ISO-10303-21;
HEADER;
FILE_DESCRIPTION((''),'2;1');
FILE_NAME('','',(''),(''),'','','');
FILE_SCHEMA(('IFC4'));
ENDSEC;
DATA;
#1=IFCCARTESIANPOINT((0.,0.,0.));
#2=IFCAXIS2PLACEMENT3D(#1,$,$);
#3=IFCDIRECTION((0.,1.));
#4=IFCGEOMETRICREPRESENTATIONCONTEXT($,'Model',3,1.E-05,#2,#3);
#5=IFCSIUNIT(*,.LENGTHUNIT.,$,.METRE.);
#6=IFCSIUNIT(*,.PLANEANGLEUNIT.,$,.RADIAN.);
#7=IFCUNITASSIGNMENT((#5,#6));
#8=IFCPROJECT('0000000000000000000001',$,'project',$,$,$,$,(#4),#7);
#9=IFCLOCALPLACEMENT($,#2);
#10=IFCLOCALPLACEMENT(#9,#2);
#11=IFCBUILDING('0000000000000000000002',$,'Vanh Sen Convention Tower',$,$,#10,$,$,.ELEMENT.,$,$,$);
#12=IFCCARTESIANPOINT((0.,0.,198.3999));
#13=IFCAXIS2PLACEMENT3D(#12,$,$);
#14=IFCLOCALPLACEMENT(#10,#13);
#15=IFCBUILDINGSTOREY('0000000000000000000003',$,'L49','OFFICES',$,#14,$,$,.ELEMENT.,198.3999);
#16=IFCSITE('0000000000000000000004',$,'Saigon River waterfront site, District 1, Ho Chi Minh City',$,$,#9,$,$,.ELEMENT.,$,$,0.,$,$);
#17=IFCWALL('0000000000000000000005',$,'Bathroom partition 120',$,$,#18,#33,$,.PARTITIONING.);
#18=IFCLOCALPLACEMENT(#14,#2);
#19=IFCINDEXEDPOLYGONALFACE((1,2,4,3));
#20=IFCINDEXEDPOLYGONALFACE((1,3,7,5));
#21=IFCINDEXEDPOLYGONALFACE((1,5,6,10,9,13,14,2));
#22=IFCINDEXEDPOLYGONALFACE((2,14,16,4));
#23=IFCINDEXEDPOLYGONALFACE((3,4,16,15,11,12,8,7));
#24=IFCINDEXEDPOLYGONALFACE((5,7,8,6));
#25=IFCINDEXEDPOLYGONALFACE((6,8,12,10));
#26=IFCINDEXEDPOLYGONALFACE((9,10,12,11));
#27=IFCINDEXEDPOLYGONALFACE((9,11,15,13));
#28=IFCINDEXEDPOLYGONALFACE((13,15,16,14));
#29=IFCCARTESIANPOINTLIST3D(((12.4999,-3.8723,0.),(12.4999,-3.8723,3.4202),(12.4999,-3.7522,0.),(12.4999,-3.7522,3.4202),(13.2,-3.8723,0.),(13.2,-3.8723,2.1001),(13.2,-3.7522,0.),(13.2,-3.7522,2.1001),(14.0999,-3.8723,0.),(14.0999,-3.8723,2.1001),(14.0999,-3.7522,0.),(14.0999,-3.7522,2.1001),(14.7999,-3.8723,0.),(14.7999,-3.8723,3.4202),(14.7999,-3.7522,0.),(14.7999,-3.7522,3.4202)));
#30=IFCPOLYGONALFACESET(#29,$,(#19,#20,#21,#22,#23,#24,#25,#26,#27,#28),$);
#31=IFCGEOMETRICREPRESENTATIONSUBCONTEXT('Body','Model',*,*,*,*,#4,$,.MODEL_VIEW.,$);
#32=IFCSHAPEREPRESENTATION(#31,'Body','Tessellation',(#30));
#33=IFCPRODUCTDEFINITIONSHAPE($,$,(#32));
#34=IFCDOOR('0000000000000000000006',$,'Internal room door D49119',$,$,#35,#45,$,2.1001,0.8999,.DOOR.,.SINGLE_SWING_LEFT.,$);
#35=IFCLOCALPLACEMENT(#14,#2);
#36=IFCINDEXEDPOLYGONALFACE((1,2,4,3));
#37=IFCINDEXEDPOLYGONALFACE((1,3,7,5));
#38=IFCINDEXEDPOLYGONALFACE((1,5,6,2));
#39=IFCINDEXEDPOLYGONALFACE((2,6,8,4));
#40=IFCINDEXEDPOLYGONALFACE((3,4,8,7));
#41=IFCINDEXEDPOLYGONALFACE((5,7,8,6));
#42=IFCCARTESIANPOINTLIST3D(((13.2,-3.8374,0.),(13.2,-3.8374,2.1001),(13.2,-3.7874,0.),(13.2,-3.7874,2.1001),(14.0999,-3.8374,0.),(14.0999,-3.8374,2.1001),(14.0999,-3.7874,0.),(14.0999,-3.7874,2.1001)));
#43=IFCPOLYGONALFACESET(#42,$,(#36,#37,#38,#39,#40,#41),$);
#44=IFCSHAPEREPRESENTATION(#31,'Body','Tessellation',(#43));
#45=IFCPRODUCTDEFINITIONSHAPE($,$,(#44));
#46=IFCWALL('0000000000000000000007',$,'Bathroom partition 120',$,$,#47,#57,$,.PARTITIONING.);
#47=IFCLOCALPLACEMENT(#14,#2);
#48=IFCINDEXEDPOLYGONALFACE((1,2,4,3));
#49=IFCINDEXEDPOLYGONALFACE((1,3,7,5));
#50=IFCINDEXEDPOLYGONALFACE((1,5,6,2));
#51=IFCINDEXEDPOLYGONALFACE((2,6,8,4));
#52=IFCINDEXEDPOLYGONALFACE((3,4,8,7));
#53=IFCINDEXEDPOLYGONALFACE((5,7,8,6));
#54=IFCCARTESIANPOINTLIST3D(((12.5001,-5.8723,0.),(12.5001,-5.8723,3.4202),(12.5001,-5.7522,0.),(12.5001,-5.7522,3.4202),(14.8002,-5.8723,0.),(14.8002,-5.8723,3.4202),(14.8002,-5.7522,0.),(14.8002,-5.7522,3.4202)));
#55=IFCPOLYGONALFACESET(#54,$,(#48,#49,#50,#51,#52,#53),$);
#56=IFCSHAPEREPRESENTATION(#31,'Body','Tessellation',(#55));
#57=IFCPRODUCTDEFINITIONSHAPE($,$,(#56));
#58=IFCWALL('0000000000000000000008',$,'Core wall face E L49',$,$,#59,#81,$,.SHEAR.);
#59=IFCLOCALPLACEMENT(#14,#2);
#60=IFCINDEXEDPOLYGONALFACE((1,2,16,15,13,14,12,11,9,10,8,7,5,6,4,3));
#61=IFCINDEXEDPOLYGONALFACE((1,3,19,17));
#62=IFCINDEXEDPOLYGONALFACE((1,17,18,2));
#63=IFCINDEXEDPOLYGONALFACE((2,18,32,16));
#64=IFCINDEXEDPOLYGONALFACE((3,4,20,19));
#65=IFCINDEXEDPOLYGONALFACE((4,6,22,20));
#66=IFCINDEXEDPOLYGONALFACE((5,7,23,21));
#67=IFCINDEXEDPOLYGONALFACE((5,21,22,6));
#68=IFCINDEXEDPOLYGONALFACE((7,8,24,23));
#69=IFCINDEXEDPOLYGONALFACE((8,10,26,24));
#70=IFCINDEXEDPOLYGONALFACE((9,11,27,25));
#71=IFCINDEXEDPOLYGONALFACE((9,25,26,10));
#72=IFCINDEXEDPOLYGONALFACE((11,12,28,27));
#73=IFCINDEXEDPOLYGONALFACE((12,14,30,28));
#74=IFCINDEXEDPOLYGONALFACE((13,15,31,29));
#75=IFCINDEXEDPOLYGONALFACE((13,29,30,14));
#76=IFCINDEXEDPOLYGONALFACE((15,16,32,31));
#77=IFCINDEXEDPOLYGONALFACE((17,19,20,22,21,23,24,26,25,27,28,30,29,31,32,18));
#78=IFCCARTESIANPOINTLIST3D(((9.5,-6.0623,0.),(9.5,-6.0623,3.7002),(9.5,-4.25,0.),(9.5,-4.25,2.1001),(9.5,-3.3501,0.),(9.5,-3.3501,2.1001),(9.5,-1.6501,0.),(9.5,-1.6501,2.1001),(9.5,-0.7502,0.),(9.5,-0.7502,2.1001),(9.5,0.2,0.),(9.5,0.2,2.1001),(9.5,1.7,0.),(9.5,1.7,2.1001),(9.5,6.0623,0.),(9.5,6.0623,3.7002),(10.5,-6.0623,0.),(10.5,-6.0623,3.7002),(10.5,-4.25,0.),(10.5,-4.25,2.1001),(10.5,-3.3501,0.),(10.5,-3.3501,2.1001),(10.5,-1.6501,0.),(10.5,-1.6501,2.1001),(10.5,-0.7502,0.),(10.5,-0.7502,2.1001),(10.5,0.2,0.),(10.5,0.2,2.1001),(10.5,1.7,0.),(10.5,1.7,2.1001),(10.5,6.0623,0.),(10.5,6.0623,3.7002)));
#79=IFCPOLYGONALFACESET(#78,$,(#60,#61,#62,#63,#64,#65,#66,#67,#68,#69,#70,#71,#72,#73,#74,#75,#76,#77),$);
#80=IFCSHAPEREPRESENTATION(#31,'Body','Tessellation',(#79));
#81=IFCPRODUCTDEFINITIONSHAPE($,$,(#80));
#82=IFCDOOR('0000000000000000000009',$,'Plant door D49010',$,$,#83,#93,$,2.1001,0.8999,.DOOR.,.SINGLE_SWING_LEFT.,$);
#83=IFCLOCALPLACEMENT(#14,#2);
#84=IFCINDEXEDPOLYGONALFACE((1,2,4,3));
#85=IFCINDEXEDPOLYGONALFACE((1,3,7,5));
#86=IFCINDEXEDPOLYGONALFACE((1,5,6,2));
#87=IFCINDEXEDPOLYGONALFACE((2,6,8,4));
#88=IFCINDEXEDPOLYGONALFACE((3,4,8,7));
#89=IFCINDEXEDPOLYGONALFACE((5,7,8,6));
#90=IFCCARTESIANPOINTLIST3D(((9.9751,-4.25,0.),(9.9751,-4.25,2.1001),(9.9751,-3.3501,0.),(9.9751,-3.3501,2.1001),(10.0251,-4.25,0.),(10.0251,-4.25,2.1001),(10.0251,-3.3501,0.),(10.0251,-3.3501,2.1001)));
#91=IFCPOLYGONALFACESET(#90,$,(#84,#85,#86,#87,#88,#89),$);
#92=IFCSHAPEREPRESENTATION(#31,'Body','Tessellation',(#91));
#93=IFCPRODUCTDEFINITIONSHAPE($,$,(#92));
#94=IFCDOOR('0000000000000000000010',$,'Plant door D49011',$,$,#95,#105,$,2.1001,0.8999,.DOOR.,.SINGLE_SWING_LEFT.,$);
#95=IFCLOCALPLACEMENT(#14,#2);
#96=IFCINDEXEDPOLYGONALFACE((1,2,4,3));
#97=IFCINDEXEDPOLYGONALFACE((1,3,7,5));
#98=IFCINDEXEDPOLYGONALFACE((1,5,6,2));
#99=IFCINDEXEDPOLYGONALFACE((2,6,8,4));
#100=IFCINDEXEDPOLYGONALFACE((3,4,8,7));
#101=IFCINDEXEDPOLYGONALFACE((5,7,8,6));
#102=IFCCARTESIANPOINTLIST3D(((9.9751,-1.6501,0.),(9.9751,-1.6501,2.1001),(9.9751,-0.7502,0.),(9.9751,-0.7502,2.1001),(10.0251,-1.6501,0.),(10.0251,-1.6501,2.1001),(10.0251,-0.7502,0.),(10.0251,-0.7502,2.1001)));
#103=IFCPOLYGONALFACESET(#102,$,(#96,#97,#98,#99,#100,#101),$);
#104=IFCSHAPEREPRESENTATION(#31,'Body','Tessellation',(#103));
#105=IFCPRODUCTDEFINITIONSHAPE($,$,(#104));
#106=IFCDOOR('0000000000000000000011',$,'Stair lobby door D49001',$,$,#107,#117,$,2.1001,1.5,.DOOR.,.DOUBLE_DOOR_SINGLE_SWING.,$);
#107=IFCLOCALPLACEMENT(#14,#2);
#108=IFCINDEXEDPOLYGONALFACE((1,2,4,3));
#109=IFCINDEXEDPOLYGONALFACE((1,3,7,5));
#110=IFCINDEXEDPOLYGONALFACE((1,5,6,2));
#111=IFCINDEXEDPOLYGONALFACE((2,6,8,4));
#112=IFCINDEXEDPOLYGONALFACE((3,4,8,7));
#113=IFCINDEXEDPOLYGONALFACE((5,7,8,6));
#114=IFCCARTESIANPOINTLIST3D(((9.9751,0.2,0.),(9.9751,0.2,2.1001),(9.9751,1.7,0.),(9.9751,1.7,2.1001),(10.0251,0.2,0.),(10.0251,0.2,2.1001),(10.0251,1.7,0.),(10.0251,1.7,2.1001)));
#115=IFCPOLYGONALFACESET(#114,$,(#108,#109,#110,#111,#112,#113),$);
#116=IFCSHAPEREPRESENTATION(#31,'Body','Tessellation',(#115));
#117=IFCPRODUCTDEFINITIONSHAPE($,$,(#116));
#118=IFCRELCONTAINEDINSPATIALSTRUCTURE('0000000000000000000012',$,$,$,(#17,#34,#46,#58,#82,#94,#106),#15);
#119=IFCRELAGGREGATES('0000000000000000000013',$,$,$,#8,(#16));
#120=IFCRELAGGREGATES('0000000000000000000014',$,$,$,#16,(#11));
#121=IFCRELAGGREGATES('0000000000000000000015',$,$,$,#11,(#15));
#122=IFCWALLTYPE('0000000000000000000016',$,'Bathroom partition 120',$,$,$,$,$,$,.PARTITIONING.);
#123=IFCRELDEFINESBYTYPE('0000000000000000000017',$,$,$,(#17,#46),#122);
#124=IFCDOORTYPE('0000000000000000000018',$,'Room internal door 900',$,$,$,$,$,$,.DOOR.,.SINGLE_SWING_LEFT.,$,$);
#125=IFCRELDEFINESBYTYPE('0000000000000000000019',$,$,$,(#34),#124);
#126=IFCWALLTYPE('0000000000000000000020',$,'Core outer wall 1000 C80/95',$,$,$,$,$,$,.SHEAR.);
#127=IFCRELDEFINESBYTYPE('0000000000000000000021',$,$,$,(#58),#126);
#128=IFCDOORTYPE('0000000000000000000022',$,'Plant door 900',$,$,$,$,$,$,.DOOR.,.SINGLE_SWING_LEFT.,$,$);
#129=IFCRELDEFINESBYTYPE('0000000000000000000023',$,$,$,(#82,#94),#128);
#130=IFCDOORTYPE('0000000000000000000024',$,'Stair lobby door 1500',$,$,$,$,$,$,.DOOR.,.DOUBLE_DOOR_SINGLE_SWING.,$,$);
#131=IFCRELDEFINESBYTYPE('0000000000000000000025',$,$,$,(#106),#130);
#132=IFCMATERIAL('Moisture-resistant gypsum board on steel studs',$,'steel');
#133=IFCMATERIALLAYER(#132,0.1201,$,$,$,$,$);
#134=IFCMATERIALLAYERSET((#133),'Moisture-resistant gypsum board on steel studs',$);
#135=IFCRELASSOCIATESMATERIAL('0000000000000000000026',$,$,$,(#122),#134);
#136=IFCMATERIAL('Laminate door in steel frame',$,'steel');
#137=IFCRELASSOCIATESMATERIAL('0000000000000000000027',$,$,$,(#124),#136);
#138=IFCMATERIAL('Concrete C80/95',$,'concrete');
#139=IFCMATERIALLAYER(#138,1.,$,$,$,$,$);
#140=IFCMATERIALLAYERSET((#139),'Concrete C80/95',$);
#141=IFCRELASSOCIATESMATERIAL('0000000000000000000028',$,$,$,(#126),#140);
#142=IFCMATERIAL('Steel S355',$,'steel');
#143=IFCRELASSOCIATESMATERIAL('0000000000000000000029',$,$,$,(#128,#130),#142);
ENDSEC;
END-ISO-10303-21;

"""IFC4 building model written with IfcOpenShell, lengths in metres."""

from ifc_helpers import new_model, si_unit, direction, frame, frame_2d, origin, place, context, subcontext, project, spatial, rectangle, extrude, material, layer, layer_set, type_object, element, fill, save


model = new_model("IFC4")

# Units and contexts
model_context = context("Model", 3, precision=1e-05, world=origin(), true_north=direction((0.0, 1.0)))
body_context = subcontext(model_context, "Body", "Model", "MODEL_VIEW")
ifc_project = project(units=[si_unit("LENGTHUNIT", "METRE"), si_unit("PLANEANGLEUNIT", "RADIAN")], contexts=[model_context])

# Site, building, storey
site_placement = place(None, origin())
site = spatial("IfcSite", under=ifc_project, at=site_placement, Name="Saigon River waterfront site, District 1, Ho Chi Minh City", CompositionType="ELEMENT", RefElevation=0.0)
building_placement = place(site_placement, origin())
building = spatial("IfcBuilding", under=site, at=building_placement, Name="Vanh Sen Convention Tower", CompositionType="ELEMENT")
storey_placement = place(building_placement, frame((0.0, 0.0, 198.3999)))
storey = spatial("IfcBuildingStorey", under=building, at=storey_placement, Name="L49", Description="OFFICES", CompositionType="ELEMENT", Elevation=198.3999)

# Wall, opening, door
ifc_material_1 = material(Name="Moisture-resistant gypsum board on steel studs", Category="steel")
ifc_layer_1 = layer(ifc_material_1, 0.1201)
ifc_layer_set_1 = layer_set([ifc_layer_1], Name="Moisture-resistant gypsum board on steel studs")
wall_type_1 = type_object("IfcWallType", Name="Bathroom partition 120", PredefinedType="PARTITIONING", material=ifc_layer_set_1)
wall_1_placement = place(storey_placement, frame((12.5, -3.8123, 0.0), z_axis=(0.0, 0.0, 1.0), x_axis=(1.0, 0.0, 0.0)))
wall_1 = element("IfcWall", 1, at=wall_1_placement, inside=storey, type_object=wall_type_1, Name="Bathroom partition 120", PredefinedType="PARTITIONING", context=body_context, shape_type="SweptSolid", body=[
    extrude(rectangle(XDim=2.3, YDim=0.1201, at=frame_2d((1.1499, 0.0))), origin(), (0.0, 0.0, 1.0), 3.4202),
])
opening_1_placement = place(wall_1_placement, frame((0.7, 0.0, 0.0)))
opening_1 = element("IfcOpeningElement", 2, at=opening_1_placement, cuts=wall_1, PredefinedType="OPENING", context=body_context, shape_type="SweptSolid", body=[
    extrude(rectangle(XDim=0.8999, YDim=2.1001, at=frame_2d((0.45, 1.05))), frame((0.0, 0.0701, 0.0), z_axis=(0.0, -1.0, 0.0), x_axis=(1.0, 0.0, 0.0)), (0.0, 0.0, 1.0), 0.1401),
])
ifc_material_2 = material(Name="Laminate door in steel frame", Category="steel")
door_type_1 = type_object("IfcDoorType", Name="Room internal door 900", OperationType="SINGLE_SWING_LEFT", PredefinedType="DOOR", material=ifc_material_2)
door_1_placement = place(opening_1_placement, origin())
door_1 = element("IfcDoor", 3, at=door_1_placement, inside=storey, type_object=door_type_1, Name="Internal room door D49119", OperationType="SINGLE_SWING_LEFT", OverallHeight=2.1001, OverallWidth=0.8999, PredefinedType="DOOR", context=body_context, shape_type="SweptSolid", body=[
    extrude(rectangle(XDim=0.8999, YDim=2.1001, at=frame_2d((0.45, 1.05))), frame((0.0, 0.0249, 0.0), z_axis=(0.0, -1.0, 0.0), x_axis=(1.0, 0.0, 0.0)), (0.0, 0.0, 1.0), 0.05),
])
fill(opening_1, door_1)

# Wall
wall_2_placement = place(storey_placement, frame((14.8, -5.8123, 0.0), z_axis=(0.0, 0.0, 1.0), x_axis=(-1.0, 0.0, 0.0)))
element("IfcWall", 4, at=wall_2_placement, inside=storey, type_object=wall_type_1, Name="Bathroom partition 120", PredefinedType="PARTITIONING", context=body_context, shape_type="SweptSolid", body=[
    extrude(rectangle(XDim=2.3, YDim=0.1201, at=frame_2d((1.1499, 0.0))), origin(), (0.0, 0.0, 1.0), 3.4202),
])

# Wall, openings, doors
ifc_material_3 = material(Name="Concrete C80/95", Category="concrete")
ifc_layer_2 = layer(ifc_material_3, 1.0)
ifc_layer_set_2 = layer_set([ifc_layer_2], Name="Concrete C80/95")
wall_type_2 = type_object("IfcWallType", Name="Core outer wall 1000 C80/95", PredefinedType="SHEAR", material=ifc_layer_set_2)
wall_3_placement = place(storey_placement, frame((10.0, -6.0623, 0.0), z_axis=(0.0, 0.0, 1.0), x_axis=(0.0, 1.0, 0.0)))
wall_3 = element("IfcWall", 5, at=wall_3_placement, inside=storey, type_object=wall_type_2, Name="Core wall face E L49", PredefinedType="SHEAR", context=body_context, shape_type="SweptSolid", body=[
    extrude(rectangle(XDim=12.1245, YDim=1.0, at=frame_2d((6.0623, 0.0))), origin(), (0.0, 0.0, 1.0), 3.7002),
])
opening_2_placement = place(wall_3_placement, frame((6.2622, 0.0, 0.0)))
opening_2 = element("IfcOpeningElement", 6, at=opening_2_placement, cuts=wall_3, PredefinedType="OPENING", context=body_context, shape_type="SweptSolid", body=[
    extrude(rectangle(XDim=1.5, YDim=2.1001, at=frame_2d((0.75, 1.05))), frame((0.0, 0.51, 0.0), z_axis=(0.0, -1.0, 0.0), x_axis=(1.0, 0.0, 0.0)), (0.0, 0.0, 1.0), 1.02),
])
opening_3_placement = place(wall_3_placement, frame((1.8123, 0.0, 0.0)))
opening_3 = element("IfcOpeningElement", 7, at=opening_3_placement, cuts=wall_3, PredefinedType="OPENING", context=body_context, shape_type="SweptSolid", body=[
    extrude(rectangle(XDim=0.8999, YDim=2.1001, at=frame_2d((0.45, 1.05))), frame((0.0, 0.51, 0.0), z_axis=(0.0, -1.0, 0.0), x_axis=(1.0, 0.0, 0.0)), (0.0, 0.0, 1.0), 1.02),
])
opening_4_placement = place(wall_3_placement, frame((4.4121, 0.0, 0.0)))
opening_4 = element("IfcOpeningElement", 8, at=opening_4_placement, cuts=wall_3, PredefinedType="OPENING", context=body_context, shape_type="SweptSolid", body=[
    extrude(rectangle(XDim=0.8999, YDim=2.1001, at=frame_2d((0.45, 1.05))), frame((0.0, 0.51, 0.0), z_axis=(0.0, -1.0, 0.0), x_axis=(1.0, 0.0, 0.0)), (0.0, 0.0, 1.0), 1.02),
])
ifc_material_4 = material(Name="Steel S355", Category="steel")
door_type_2 = type_object("IfcDoorType", Name="Plant door 900", OperationType="SINGLE_SWING_LEFT", PredefinedType="DOOR", material=ifc_material_4)
door_2_placement = place(opening_3_placement, origin())
door_2 = element("IfcDoor", 9, at=door_2_placement, inside=storey, type_object=door_type_2, Name="Plant door D49010", OperationType="SINGLE_SWING_LEFT", OverallHeight=2.1001, OverallWidth=0.8999, PredefinedType="DOOR", context=body_context, shape_type="SweptSolid", body=[
    extrude(rectangle(XDim=0.8999, YDim=2.1001, at=frame_2d((0.45, 1.05))), frame((0.0, 0.0249, 0.0), z_axis=(0.0, -1.0, 0.0), x_axis=(1.0, 0.0, 0.0)), (0.0, 0.0, 1.0), 0.05),
])
fill(opening_3, door_2)
door_3_placement = place(opening_4_placement, origin())
door_3 = element("IfcDoor", 10, at=door_3_placement, inside=storey, type_object=door_type_2, Name="Plant door D49011", OperationType="SINGLE_SWING_LEFT", OverallHeight=2.1001, OverallWidth=0.8999, PredefinedType="DOOR", context=body_context, shape_type="SweptSolid", body=[
    extrude(rectangle(XDim=0.8999, YDim=2.1001, at=frame_2d((0.45, 1.05))), frame((0.0, 0.0249, 0.0), z_axis=(0.0, -1.0, 0.0), x_axis=(1.0, 0.0, 0.0)), (0.0, 0.0, 1.0), 0.05),
])
fill(opening_4, door_3)
door_type_3 = type_object("IfcDoorType", Name="Stair lobby door 1500", OperationType="DOUBLE_DOOR_SINGLE_SWING", PredefinedType="DOOR", material=ifc_material_4)
door_4_placement = place(opening_2_placement, origin())
door_4 = element("IfcDoor", 11, at=door_4_placement, inside=storey, type_object=door_type_3, Name="Stair lobby door D49001", OperationType="DOUBLE_DOOR_SINGLE_SWING", OverallHeight=2.1001, OverallWidth=1.5, PredefinedType="DOOR", context=body_context, shape_type="SweptSolid", body=[
    extrude(rectangle(XDim=1.5, YDim=2.1001, at=frame_2d((0.75, 1.05))), frame((0.0, 0.0249, 0.0), z_axis=(0.0, -1.0, 0.0), x_axis=(1.0, 0.0, 0.0)), (0.0, 0.0, 1.0), 0.05),
])
fill(opening_2, door_4)

save(model, "model.ifc")
